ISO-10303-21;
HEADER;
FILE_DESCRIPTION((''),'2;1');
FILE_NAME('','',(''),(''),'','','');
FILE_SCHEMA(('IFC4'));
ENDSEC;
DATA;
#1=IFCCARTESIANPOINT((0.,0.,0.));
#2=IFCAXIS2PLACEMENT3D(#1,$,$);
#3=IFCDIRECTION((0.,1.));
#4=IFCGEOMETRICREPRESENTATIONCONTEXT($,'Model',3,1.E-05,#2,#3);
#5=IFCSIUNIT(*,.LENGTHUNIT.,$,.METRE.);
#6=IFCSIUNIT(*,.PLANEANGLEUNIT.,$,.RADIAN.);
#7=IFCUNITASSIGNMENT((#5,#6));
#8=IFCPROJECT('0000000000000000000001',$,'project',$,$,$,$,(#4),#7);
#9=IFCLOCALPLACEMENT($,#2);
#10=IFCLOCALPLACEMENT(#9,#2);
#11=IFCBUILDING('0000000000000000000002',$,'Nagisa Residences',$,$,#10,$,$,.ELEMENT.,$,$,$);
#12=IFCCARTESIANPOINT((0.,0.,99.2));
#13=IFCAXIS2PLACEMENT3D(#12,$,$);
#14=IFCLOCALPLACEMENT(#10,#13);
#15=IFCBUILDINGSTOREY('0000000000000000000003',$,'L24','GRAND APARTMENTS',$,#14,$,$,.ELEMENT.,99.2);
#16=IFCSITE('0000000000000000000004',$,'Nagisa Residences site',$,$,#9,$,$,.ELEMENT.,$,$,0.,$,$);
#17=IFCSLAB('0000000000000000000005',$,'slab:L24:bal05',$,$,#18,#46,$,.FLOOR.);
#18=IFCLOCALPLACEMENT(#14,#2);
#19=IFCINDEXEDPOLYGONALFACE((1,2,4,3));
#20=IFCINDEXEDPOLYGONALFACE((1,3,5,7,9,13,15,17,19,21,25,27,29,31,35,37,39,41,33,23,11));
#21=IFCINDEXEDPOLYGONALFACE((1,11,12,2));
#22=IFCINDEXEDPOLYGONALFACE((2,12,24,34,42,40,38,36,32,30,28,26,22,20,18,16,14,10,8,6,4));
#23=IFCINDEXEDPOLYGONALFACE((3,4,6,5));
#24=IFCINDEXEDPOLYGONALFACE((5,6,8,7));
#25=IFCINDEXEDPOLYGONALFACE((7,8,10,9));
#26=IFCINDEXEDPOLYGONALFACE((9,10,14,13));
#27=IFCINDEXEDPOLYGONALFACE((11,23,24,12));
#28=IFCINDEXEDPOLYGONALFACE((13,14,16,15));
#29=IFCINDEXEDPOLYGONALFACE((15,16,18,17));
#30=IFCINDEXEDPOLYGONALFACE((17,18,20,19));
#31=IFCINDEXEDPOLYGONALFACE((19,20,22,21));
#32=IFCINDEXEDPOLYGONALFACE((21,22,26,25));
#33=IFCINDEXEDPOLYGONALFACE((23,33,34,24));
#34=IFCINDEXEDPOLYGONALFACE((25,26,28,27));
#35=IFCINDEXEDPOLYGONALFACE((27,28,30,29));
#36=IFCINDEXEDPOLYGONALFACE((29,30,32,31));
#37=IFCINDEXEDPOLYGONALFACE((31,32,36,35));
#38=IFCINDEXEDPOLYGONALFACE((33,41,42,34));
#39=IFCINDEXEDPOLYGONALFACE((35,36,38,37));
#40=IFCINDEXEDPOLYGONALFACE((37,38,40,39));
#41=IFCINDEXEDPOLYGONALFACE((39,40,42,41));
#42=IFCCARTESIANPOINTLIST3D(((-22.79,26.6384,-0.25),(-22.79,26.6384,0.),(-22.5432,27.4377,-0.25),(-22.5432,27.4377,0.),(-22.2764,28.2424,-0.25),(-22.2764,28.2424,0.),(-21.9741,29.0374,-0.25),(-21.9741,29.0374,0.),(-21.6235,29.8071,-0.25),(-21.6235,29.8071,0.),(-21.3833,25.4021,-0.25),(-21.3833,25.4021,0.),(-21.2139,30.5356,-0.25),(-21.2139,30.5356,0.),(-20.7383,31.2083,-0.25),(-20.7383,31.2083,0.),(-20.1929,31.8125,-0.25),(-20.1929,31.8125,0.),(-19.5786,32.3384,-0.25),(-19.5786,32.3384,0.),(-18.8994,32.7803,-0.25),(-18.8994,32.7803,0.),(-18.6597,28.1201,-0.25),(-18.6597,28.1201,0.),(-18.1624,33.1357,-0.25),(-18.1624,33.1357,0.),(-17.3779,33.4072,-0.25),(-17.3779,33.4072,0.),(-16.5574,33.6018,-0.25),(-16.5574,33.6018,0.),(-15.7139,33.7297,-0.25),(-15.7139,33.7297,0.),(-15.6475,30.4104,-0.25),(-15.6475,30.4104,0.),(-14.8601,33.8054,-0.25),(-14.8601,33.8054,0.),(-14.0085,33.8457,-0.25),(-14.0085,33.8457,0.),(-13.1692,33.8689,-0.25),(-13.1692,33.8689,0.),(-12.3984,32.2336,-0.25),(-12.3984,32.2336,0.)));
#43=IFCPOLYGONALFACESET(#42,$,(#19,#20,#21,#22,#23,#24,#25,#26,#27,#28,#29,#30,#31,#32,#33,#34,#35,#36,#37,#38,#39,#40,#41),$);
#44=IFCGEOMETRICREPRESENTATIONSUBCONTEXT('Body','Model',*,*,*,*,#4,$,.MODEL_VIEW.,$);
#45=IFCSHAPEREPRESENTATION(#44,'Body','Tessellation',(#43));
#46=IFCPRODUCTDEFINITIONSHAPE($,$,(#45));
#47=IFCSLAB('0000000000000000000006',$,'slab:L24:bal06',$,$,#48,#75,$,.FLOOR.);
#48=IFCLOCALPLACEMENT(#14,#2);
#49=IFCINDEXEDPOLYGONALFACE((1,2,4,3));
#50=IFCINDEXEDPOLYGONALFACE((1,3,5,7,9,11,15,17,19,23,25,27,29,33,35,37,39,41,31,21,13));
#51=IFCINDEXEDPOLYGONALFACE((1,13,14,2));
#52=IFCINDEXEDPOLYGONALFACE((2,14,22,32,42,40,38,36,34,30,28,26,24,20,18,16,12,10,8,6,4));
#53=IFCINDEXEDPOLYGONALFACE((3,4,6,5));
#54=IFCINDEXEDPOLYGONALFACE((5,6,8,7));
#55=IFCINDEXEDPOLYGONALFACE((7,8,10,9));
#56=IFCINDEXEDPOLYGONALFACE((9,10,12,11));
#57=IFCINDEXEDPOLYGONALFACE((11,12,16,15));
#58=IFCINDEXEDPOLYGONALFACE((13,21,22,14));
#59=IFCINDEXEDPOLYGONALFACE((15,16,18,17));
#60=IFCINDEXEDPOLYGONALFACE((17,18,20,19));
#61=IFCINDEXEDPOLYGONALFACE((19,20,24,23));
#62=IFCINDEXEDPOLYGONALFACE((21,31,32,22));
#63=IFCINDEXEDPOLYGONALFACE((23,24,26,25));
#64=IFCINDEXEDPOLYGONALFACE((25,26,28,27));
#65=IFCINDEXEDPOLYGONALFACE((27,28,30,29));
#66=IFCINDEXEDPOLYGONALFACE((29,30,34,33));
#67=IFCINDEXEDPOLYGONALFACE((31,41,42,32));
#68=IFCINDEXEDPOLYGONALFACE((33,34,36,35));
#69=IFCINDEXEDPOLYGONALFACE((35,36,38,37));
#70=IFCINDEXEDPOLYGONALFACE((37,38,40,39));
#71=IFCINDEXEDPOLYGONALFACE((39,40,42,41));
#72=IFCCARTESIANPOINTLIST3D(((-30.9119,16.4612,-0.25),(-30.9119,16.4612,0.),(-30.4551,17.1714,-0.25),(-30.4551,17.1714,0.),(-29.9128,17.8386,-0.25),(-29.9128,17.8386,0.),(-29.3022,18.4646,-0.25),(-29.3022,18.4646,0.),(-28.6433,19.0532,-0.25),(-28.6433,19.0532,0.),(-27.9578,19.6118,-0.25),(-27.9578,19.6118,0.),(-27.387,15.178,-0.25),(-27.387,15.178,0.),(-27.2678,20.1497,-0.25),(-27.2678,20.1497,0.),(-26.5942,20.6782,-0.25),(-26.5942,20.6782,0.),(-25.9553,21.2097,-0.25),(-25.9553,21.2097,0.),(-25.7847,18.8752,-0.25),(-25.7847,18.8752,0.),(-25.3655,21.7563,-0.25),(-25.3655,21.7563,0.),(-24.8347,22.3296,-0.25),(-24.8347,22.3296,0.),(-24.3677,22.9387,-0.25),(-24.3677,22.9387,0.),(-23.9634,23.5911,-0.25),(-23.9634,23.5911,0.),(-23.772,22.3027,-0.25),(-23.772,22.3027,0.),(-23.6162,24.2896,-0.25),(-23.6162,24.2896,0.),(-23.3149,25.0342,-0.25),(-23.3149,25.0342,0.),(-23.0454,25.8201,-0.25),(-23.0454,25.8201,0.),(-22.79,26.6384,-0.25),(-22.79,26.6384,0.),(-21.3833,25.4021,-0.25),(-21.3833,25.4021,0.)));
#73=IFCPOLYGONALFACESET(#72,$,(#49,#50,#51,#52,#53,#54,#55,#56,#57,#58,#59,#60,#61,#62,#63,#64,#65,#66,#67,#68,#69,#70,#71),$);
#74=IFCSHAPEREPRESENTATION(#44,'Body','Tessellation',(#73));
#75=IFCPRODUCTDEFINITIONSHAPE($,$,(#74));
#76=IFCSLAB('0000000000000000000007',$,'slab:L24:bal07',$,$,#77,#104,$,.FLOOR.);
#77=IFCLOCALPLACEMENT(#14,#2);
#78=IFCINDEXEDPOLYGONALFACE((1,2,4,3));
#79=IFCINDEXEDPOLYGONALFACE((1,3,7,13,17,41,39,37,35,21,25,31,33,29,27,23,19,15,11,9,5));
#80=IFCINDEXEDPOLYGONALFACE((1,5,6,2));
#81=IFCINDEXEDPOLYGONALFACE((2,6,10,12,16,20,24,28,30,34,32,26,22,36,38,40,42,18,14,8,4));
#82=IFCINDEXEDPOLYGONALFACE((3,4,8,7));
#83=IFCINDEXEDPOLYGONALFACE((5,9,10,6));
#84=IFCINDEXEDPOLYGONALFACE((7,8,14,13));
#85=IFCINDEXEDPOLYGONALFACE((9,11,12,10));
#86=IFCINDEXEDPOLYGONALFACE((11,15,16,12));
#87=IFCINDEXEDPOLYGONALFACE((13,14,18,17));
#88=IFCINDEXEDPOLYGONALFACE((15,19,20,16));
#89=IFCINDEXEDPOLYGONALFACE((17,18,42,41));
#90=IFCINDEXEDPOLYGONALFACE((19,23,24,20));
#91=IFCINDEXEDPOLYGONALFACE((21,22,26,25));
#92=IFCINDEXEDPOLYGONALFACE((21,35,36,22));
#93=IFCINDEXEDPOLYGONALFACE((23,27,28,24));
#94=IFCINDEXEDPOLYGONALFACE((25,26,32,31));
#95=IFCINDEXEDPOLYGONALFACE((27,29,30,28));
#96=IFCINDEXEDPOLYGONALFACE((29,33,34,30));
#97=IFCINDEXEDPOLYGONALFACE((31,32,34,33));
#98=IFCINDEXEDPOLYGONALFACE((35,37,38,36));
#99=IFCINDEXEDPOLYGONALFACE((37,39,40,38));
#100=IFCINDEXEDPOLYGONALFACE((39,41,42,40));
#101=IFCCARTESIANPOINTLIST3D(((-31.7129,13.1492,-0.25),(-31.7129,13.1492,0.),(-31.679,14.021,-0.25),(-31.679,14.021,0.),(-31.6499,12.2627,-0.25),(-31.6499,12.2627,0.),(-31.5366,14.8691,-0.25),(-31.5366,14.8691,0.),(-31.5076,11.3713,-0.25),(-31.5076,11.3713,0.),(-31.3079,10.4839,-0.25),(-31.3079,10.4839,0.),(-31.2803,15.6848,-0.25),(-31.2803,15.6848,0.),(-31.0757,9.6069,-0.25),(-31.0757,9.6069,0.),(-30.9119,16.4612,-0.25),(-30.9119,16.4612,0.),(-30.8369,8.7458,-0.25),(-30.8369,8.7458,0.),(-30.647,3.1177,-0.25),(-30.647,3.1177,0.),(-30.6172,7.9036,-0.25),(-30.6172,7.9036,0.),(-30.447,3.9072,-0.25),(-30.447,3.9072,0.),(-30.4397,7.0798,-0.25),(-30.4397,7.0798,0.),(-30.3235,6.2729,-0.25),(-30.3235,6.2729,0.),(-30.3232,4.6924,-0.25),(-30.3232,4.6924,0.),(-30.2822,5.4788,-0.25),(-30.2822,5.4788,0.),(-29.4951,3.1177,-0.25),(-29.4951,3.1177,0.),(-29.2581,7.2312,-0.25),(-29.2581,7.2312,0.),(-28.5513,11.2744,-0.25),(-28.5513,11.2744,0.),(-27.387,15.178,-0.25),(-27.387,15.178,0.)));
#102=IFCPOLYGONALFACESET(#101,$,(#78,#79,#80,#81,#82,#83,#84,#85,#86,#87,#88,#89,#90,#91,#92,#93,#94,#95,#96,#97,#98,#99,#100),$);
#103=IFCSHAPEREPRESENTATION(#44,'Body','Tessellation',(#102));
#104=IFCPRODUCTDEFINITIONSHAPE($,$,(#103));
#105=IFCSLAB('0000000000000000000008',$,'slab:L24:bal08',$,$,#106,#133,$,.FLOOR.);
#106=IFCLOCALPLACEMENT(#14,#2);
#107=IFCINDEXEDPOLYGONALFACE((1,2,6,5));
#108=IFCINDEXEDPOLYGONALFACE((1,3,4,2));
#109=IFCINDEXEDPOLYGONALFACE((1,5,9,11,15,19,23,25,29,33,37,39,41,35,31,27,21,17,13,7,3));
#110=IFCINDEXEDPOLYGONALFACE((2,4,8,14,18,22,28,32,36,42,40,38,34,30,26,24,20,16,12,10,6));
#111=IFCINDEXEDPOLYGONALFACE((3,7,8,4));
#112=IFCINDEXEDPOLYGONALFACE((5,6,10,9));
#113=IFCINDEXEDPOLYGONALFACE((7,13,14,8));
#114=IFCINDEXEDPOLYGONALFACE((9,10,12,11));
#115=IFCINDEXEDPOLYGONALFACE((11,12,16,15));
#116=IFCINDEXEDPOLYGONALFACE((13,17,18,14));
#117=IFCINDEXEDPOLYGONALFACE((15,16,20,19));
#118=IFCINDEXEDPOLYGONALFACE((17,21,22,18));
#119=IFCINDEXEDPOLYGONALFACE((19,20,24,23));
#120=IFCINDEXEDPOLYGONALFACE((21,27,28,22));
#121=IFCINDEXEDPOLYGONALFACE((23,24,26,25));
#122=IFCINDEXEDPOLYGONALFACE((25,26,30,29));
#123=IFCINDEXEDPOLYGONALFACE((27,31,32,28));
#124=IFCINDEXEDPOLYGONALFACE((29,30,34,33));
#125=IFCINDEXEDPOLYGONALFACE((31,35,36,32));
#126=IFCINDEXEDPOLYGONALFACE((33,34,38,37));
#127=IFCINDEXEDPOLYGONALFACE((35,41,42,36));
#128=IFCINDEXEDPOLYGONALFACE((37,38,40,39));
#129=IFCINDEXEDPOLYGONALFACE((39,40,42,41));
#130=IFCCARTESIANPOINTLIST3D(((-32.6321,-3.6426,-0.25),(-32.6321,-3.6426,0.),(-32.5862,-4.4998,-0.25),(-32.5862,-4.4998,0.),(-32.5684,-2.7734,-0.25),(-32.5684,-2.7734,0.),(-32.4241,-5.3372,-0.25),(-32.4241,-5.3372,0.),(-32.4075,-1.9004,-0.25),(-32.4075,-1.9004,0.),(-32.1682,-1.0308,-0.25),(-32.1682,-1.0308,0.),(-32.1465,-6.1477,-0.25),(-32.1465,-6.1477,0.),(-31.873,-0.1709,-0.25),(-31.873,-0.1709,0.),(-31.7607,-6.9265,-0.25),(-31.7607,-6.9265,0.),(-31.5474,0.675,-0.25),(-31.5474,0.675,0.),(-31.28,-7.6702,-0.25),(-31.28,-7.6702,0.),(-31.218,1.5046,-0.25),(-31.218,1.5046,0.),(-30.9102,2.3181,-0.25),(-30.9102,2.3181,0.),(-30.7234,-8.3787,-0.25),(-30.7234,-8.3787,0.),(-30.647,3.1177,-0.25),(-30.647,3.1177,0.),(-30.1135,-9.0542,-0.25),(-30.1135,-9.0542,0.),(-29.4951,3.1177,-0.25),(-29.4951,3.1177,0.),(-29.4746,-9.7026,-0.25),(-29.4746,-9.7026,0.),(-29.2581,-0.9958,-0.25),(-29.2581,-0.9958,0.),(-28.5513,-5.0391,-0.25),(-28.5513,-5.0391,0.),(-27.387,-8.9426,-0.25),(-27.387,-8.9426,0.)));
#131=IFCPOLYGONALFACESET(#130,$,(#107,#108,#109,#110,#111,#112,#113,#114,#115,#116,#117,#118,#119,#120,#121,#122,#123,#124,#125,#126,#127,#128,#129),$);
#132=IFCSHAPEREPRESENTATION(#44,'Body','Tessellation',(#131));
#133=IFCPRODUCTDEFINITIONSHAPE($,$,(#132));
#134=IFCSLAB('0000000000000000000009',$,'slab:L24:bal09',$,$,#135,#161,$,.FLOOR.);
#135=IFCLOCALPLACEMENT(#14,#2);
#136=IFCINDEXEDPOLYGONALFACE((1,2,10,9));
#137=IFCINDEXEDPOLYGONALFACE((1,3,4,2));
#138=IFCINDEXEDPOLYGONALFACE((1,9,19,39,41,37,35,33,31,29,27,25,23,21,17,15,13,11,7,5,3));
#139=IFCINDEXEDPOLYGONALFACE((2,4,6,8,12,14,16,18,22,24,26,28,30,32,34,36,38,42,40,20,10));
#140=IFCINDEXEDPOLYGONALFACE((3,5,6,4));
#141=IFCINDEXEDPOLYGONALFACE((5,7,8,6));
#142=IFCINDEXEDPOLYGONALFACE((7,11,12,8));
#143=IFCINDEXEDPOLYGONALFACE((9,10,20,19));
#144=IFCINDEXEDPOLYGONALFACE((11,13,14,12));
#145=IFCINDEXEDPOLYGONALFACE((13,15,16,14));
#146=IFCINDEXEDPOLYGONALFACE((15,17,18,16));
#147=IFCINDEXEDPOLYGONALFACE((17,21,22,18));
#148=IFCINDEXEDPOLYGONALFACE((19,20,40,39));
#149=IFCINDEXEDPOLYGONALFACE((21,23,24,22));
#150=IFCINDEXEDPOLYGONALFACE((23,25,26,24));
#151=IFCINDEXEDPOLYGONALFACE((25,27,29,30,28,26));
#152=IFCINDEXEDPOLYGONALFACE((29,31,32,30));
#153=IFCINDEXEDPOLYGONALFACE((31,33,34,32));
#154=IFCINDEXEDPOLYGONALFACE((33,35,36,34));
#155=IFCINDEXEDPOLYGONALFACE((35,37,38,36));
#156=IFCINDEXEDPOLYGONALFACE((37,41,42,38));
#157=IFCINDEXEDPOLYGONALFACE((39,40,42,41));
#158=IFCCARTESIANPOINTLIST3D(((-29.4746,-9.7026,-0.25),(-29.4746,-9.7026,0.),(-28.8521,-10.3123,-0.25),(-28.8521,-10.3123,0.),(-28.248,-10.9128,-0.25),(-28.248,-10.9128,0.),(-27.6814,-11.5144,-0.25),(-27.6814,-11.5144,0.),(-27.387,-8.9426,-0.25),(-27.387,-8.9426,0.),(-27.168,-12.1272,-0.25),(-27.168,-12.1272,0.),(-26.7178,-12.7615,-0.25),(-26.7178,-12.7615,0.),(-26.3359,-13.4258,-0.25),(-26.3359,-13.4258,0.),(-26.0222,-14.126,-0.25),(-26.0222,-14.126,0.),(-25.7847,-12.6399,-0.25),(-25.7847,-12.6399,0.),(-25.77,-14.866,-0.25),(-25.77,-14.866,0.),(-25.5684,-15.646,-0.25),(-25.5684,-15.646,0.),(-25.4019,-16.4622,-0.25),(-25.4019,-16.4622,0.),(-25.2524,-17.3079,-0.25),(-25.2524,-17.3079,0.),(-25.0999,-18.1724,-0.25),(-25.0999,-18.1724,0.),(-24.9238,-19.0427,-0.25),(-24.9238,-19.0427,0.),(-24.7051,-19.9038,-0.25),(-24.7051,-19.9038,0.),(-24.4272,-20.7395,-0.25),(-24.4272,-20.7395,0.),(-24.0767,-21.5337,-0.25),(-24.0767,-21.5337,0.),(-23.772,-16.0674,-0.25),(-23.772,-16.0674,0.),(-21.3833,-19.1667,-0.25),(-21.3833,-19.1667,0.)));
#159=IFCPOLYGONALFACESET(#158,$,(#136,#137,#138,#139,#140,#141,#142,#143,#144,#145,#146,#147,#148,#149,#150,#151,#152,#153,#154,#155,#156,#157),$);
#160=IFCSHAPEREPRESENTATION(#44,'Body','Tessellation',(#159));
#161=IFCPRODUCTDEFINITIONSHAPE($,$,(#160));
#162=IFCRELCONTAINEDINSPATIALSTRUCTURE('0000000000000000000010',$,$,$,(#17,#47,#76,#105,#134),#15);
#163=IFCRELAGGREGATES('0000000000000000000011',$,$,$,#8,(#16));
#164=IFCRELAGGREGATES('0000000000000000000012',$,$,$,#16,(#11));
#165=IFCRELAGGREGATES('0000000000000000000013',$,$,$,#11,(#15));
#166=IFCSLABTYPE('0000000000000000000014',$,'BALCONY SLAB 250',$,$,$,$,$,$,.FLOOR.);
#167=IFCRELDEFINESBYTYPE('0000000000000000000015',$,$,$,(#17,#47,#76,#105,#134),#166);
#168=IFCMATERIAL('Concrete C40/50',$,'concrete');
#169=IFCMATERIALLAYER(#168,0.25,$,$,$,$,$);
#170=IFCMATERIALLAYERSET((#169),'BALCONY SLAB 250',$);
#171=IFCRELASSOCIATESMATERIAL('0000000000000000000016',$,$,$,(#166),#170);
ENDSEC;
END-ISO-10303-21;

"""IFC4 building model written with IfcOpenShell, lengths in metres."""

from ifc_helpers import new_model, si_unit, direction, frame, origin, place, context, subcontext, project, spatial, polyline, outline, extrude, material, layer, layer_set, type_object, element, save


model = new_model("IFC4")

# Units and contexts
model_context = context("Model", 3, precision=1e-05, world=origin(), true_north=direction((0.0, 1.0)))
body_context = subcontext(model_context, "Body", "Model", "MODEL_VIEW")
ifc_project = project(units=[si_unit("LENGTHUNIT", "METRE"), si_unit("PLANEANGLEUNIT", "RADIAN")], contexts=[model_context])

# Site, building, storey
site_placement = place(None, origin())
site = spatial("IfcSite", under=ifc_project, at=site_placement, Name="Nagisa Residences site", CompositionType="ELEMENT", RefElevation=0.0)
building_placement = place(site_placement, origin())
building = spatial("IfcBuilding", under=site, at=building_placement, Name="Nagisa Residences", CompositionType="ELEMENT")
storey_placement = place(building_placement, frame((0.0, 0.0, 99.2)))
storey = spatial("IfcBuildingStorey", under=building, at=storey_placement, Name="L24", Description="GRAND APARTMENTS", CompositionType="ELEMENT", Elevation=99.2)

# Slabs
ifc_material = material(Name="Concrete C40/50", Category="concrete")
ifc_layer = layer(ifc_material, 0.25)
ifc_layer_set = layer_set([ifc_layer], Name="BALCONY SLAB 250")
slab_type = type_object("IfcSlabType", Name="BALCONY SLAB 250", PredefinedType="FLOOR", material=ifc_layer_set)
slab_1_placement = place(storey_placement, frame((0.0, 0.0, -0.25)))
element("IfcSlab", 1, at=slab_1_placement, inside=storey, type_object=slab_type, Name="slab:L24:bal05", PredefinedType="FLOOR", context=body_context, shape_type="SweptSolid", body=[
    extrude(outline(polyline([(-13.1692, 33.8689), (-14.0085, 33.8457), (-14.8601, 33.8054), (-15.7139, 33.7297), (-16.5574, 33.6018), (-17.3779, 33.4072), (-18.1624, 33.1357), (-18.8994, 32.7803), (-19.5786, 32.3384), (-20.1929, 31.8125), (-20.7383, 31.2083), (-21.2139, 30.5356), (-21.6235, 29.8071), (-21.9741, 29.0374), (-22.2764, 28.2424), (-22.5432, 27.4377), (-22.79, 26.6384), (-21.3833, 25.4021), (-18.6597, 28.1201), (-15.6475, 30.4104), (-12.3984, 32.2336), (-13.1692, 33.8689)])), origin(), (0.0, 0.0, 1.0), 0.25),
])
slab_2_placement = place(storey_placement, frame((0.0, 0.0, -0.25)))
element("IfcSlab", 2, at=slab_2_placement, inside=storey, type_object=slab_type, Name="slab:L24:bal06", PredefinedType="FLOOR", context=body_context, shape_type="SweptSolid", body=[
    extrude(outline(polyline([(-22.79, 26.6384), (-23.0454, 25.8201), (-23.3149, 25.0342), (-23.6162, 24.2896), (-23.9634, 23.5911), (-24.3677, 22.9387), (-24.8347, 22.3296), (-25.3655, 21.7563), (-25.9553, 21.2097), (-26.5942, 20.6782), (-27.2678, 20.1497), (-27.9578, 19.6118), (-28.6433, 19.0532), (-29.3022, 18.4646), (-29.9128, 17.8386), (-30.4551, 17.1714), (-30.9119, 16.4612), (-27.387, 15.178), (-25.7847, 18.8752), (-23.772, 22.3027), (-21.3833, 25.4021), (-22.79, 26.6384)])), origin(), (0.0, 0.0, 1.0), 0.25),
])
slab_3_placement = place(storey_placement, frame((0.0, 0.0, -0.25)))
element("IfcSlab", 3, at=slab_3_placement, inside=storey, type_object=slab_type, Name="slab:L24:bal07", PredefinedType="FLOOR", context=body_context, shape_type="SweptSolid", body=[
    extrude(outline(polyline([(-30.9119, 16.4612), (-31.2803, 15.6848), (-31.5366, 14.8691), (-31.679, 14.021), (-31.7129, 13.1492), (-31.6499, 12.2627), (-31.5076, 11.3713), (-31.3079, 10.4839), (-31.0757, 9.6069), (-30.8369, 8.7458), (-30.6172, 7.9036), (-30.4397, 7.0798), (-30.3235, 6.2729), (-30.2822, 5.4788), (-30.3232, 4.6924), (-30.447, 3.9072), (-30.647, 3.1177), (-29.4951, 3.1177), (-29.2581, 7.2312), (-28.5513, 11.2744), (-27.387, 15.178), (-30.9119, 16.4612)])), origin(), (0.0, 0.0, 1.0), 0.25),
])
slab_4_placement = place(storey_placement, frame((0.0, 0.0, -0.25)))
element("IfcSlab", 4, at=slab_4_placement, inside=storey, type_object=slab_type, Name="slab:L24:bal08", PredefinedType="FLOOR", context=body_context, shape_type="SweptSolid", body=[
    extrude(outline(polyline([(-30.647, 3.1177), (-30.9102, 2.3181), (-31.218, 1.5046), (-31.5474, 0.675), (-31.873, -0.1709), (-32.1682, -1.0308), (-32.4075, -1.9004), (-32.5684, -2.7734), (-32.6321, -3.6426), (-32.5862, -4.4998), (-32.4241, -5.3372), (-32.1465, -6.1477), (-31.7607, -6.9265), (-31.28, -7.6702), (-30.7234, -8.3787), (-30.1135, -9.0542), (-29.4746, -9.7026), (-27.387, -8.9426), (-28.5513, -5.0391), (-29.2581, -0.9958), (-29.4951, 3.1177), (-30.647, 3.1177)])), origin(), (0.0, 0.0, 1.0), 0.25),
])
slab_5_placement = place(storey_placement, frame((0.0, 0.0, -0.25)))
element("IfcSlab", 5, at=slab_5_placement, inside=storey, type_object=slab_type, Name="slab:L24:bal09", PredefinedType="FLOOR", context=body_context, shape_type="SweptSolid", body=[
    extrude(outline(polyline([(-29.4746, -9.7026), (-28.8521, -10.3123), (-28.248, -10.9128), (-27.6814, -11.5144), (-27.168, -12.1272), (-26.7178, -12.7615), (-26.3359, -13.4258), (-26.0222, -14.126), (-25.77, -14.866), (-25.5684, -15.646), (-25.4019, -16.4622), (-25.2524, -17.3079), (-25.0999, -18.1724), (-24.9238, -19.0427), (-24.7051, -19.9038), (-24.4272, -20.7395), (-24.0767, -21.5337), (-21.3833, -19.1667), (-23.772, -16.0674), (-25.7847, -12.6399), (-27.387, -8.9426), (-29.4746, -9.7026)])), origin(), (0.0, 0.0, 1.0), 0.25),
])

save(model, "model.ifc")
